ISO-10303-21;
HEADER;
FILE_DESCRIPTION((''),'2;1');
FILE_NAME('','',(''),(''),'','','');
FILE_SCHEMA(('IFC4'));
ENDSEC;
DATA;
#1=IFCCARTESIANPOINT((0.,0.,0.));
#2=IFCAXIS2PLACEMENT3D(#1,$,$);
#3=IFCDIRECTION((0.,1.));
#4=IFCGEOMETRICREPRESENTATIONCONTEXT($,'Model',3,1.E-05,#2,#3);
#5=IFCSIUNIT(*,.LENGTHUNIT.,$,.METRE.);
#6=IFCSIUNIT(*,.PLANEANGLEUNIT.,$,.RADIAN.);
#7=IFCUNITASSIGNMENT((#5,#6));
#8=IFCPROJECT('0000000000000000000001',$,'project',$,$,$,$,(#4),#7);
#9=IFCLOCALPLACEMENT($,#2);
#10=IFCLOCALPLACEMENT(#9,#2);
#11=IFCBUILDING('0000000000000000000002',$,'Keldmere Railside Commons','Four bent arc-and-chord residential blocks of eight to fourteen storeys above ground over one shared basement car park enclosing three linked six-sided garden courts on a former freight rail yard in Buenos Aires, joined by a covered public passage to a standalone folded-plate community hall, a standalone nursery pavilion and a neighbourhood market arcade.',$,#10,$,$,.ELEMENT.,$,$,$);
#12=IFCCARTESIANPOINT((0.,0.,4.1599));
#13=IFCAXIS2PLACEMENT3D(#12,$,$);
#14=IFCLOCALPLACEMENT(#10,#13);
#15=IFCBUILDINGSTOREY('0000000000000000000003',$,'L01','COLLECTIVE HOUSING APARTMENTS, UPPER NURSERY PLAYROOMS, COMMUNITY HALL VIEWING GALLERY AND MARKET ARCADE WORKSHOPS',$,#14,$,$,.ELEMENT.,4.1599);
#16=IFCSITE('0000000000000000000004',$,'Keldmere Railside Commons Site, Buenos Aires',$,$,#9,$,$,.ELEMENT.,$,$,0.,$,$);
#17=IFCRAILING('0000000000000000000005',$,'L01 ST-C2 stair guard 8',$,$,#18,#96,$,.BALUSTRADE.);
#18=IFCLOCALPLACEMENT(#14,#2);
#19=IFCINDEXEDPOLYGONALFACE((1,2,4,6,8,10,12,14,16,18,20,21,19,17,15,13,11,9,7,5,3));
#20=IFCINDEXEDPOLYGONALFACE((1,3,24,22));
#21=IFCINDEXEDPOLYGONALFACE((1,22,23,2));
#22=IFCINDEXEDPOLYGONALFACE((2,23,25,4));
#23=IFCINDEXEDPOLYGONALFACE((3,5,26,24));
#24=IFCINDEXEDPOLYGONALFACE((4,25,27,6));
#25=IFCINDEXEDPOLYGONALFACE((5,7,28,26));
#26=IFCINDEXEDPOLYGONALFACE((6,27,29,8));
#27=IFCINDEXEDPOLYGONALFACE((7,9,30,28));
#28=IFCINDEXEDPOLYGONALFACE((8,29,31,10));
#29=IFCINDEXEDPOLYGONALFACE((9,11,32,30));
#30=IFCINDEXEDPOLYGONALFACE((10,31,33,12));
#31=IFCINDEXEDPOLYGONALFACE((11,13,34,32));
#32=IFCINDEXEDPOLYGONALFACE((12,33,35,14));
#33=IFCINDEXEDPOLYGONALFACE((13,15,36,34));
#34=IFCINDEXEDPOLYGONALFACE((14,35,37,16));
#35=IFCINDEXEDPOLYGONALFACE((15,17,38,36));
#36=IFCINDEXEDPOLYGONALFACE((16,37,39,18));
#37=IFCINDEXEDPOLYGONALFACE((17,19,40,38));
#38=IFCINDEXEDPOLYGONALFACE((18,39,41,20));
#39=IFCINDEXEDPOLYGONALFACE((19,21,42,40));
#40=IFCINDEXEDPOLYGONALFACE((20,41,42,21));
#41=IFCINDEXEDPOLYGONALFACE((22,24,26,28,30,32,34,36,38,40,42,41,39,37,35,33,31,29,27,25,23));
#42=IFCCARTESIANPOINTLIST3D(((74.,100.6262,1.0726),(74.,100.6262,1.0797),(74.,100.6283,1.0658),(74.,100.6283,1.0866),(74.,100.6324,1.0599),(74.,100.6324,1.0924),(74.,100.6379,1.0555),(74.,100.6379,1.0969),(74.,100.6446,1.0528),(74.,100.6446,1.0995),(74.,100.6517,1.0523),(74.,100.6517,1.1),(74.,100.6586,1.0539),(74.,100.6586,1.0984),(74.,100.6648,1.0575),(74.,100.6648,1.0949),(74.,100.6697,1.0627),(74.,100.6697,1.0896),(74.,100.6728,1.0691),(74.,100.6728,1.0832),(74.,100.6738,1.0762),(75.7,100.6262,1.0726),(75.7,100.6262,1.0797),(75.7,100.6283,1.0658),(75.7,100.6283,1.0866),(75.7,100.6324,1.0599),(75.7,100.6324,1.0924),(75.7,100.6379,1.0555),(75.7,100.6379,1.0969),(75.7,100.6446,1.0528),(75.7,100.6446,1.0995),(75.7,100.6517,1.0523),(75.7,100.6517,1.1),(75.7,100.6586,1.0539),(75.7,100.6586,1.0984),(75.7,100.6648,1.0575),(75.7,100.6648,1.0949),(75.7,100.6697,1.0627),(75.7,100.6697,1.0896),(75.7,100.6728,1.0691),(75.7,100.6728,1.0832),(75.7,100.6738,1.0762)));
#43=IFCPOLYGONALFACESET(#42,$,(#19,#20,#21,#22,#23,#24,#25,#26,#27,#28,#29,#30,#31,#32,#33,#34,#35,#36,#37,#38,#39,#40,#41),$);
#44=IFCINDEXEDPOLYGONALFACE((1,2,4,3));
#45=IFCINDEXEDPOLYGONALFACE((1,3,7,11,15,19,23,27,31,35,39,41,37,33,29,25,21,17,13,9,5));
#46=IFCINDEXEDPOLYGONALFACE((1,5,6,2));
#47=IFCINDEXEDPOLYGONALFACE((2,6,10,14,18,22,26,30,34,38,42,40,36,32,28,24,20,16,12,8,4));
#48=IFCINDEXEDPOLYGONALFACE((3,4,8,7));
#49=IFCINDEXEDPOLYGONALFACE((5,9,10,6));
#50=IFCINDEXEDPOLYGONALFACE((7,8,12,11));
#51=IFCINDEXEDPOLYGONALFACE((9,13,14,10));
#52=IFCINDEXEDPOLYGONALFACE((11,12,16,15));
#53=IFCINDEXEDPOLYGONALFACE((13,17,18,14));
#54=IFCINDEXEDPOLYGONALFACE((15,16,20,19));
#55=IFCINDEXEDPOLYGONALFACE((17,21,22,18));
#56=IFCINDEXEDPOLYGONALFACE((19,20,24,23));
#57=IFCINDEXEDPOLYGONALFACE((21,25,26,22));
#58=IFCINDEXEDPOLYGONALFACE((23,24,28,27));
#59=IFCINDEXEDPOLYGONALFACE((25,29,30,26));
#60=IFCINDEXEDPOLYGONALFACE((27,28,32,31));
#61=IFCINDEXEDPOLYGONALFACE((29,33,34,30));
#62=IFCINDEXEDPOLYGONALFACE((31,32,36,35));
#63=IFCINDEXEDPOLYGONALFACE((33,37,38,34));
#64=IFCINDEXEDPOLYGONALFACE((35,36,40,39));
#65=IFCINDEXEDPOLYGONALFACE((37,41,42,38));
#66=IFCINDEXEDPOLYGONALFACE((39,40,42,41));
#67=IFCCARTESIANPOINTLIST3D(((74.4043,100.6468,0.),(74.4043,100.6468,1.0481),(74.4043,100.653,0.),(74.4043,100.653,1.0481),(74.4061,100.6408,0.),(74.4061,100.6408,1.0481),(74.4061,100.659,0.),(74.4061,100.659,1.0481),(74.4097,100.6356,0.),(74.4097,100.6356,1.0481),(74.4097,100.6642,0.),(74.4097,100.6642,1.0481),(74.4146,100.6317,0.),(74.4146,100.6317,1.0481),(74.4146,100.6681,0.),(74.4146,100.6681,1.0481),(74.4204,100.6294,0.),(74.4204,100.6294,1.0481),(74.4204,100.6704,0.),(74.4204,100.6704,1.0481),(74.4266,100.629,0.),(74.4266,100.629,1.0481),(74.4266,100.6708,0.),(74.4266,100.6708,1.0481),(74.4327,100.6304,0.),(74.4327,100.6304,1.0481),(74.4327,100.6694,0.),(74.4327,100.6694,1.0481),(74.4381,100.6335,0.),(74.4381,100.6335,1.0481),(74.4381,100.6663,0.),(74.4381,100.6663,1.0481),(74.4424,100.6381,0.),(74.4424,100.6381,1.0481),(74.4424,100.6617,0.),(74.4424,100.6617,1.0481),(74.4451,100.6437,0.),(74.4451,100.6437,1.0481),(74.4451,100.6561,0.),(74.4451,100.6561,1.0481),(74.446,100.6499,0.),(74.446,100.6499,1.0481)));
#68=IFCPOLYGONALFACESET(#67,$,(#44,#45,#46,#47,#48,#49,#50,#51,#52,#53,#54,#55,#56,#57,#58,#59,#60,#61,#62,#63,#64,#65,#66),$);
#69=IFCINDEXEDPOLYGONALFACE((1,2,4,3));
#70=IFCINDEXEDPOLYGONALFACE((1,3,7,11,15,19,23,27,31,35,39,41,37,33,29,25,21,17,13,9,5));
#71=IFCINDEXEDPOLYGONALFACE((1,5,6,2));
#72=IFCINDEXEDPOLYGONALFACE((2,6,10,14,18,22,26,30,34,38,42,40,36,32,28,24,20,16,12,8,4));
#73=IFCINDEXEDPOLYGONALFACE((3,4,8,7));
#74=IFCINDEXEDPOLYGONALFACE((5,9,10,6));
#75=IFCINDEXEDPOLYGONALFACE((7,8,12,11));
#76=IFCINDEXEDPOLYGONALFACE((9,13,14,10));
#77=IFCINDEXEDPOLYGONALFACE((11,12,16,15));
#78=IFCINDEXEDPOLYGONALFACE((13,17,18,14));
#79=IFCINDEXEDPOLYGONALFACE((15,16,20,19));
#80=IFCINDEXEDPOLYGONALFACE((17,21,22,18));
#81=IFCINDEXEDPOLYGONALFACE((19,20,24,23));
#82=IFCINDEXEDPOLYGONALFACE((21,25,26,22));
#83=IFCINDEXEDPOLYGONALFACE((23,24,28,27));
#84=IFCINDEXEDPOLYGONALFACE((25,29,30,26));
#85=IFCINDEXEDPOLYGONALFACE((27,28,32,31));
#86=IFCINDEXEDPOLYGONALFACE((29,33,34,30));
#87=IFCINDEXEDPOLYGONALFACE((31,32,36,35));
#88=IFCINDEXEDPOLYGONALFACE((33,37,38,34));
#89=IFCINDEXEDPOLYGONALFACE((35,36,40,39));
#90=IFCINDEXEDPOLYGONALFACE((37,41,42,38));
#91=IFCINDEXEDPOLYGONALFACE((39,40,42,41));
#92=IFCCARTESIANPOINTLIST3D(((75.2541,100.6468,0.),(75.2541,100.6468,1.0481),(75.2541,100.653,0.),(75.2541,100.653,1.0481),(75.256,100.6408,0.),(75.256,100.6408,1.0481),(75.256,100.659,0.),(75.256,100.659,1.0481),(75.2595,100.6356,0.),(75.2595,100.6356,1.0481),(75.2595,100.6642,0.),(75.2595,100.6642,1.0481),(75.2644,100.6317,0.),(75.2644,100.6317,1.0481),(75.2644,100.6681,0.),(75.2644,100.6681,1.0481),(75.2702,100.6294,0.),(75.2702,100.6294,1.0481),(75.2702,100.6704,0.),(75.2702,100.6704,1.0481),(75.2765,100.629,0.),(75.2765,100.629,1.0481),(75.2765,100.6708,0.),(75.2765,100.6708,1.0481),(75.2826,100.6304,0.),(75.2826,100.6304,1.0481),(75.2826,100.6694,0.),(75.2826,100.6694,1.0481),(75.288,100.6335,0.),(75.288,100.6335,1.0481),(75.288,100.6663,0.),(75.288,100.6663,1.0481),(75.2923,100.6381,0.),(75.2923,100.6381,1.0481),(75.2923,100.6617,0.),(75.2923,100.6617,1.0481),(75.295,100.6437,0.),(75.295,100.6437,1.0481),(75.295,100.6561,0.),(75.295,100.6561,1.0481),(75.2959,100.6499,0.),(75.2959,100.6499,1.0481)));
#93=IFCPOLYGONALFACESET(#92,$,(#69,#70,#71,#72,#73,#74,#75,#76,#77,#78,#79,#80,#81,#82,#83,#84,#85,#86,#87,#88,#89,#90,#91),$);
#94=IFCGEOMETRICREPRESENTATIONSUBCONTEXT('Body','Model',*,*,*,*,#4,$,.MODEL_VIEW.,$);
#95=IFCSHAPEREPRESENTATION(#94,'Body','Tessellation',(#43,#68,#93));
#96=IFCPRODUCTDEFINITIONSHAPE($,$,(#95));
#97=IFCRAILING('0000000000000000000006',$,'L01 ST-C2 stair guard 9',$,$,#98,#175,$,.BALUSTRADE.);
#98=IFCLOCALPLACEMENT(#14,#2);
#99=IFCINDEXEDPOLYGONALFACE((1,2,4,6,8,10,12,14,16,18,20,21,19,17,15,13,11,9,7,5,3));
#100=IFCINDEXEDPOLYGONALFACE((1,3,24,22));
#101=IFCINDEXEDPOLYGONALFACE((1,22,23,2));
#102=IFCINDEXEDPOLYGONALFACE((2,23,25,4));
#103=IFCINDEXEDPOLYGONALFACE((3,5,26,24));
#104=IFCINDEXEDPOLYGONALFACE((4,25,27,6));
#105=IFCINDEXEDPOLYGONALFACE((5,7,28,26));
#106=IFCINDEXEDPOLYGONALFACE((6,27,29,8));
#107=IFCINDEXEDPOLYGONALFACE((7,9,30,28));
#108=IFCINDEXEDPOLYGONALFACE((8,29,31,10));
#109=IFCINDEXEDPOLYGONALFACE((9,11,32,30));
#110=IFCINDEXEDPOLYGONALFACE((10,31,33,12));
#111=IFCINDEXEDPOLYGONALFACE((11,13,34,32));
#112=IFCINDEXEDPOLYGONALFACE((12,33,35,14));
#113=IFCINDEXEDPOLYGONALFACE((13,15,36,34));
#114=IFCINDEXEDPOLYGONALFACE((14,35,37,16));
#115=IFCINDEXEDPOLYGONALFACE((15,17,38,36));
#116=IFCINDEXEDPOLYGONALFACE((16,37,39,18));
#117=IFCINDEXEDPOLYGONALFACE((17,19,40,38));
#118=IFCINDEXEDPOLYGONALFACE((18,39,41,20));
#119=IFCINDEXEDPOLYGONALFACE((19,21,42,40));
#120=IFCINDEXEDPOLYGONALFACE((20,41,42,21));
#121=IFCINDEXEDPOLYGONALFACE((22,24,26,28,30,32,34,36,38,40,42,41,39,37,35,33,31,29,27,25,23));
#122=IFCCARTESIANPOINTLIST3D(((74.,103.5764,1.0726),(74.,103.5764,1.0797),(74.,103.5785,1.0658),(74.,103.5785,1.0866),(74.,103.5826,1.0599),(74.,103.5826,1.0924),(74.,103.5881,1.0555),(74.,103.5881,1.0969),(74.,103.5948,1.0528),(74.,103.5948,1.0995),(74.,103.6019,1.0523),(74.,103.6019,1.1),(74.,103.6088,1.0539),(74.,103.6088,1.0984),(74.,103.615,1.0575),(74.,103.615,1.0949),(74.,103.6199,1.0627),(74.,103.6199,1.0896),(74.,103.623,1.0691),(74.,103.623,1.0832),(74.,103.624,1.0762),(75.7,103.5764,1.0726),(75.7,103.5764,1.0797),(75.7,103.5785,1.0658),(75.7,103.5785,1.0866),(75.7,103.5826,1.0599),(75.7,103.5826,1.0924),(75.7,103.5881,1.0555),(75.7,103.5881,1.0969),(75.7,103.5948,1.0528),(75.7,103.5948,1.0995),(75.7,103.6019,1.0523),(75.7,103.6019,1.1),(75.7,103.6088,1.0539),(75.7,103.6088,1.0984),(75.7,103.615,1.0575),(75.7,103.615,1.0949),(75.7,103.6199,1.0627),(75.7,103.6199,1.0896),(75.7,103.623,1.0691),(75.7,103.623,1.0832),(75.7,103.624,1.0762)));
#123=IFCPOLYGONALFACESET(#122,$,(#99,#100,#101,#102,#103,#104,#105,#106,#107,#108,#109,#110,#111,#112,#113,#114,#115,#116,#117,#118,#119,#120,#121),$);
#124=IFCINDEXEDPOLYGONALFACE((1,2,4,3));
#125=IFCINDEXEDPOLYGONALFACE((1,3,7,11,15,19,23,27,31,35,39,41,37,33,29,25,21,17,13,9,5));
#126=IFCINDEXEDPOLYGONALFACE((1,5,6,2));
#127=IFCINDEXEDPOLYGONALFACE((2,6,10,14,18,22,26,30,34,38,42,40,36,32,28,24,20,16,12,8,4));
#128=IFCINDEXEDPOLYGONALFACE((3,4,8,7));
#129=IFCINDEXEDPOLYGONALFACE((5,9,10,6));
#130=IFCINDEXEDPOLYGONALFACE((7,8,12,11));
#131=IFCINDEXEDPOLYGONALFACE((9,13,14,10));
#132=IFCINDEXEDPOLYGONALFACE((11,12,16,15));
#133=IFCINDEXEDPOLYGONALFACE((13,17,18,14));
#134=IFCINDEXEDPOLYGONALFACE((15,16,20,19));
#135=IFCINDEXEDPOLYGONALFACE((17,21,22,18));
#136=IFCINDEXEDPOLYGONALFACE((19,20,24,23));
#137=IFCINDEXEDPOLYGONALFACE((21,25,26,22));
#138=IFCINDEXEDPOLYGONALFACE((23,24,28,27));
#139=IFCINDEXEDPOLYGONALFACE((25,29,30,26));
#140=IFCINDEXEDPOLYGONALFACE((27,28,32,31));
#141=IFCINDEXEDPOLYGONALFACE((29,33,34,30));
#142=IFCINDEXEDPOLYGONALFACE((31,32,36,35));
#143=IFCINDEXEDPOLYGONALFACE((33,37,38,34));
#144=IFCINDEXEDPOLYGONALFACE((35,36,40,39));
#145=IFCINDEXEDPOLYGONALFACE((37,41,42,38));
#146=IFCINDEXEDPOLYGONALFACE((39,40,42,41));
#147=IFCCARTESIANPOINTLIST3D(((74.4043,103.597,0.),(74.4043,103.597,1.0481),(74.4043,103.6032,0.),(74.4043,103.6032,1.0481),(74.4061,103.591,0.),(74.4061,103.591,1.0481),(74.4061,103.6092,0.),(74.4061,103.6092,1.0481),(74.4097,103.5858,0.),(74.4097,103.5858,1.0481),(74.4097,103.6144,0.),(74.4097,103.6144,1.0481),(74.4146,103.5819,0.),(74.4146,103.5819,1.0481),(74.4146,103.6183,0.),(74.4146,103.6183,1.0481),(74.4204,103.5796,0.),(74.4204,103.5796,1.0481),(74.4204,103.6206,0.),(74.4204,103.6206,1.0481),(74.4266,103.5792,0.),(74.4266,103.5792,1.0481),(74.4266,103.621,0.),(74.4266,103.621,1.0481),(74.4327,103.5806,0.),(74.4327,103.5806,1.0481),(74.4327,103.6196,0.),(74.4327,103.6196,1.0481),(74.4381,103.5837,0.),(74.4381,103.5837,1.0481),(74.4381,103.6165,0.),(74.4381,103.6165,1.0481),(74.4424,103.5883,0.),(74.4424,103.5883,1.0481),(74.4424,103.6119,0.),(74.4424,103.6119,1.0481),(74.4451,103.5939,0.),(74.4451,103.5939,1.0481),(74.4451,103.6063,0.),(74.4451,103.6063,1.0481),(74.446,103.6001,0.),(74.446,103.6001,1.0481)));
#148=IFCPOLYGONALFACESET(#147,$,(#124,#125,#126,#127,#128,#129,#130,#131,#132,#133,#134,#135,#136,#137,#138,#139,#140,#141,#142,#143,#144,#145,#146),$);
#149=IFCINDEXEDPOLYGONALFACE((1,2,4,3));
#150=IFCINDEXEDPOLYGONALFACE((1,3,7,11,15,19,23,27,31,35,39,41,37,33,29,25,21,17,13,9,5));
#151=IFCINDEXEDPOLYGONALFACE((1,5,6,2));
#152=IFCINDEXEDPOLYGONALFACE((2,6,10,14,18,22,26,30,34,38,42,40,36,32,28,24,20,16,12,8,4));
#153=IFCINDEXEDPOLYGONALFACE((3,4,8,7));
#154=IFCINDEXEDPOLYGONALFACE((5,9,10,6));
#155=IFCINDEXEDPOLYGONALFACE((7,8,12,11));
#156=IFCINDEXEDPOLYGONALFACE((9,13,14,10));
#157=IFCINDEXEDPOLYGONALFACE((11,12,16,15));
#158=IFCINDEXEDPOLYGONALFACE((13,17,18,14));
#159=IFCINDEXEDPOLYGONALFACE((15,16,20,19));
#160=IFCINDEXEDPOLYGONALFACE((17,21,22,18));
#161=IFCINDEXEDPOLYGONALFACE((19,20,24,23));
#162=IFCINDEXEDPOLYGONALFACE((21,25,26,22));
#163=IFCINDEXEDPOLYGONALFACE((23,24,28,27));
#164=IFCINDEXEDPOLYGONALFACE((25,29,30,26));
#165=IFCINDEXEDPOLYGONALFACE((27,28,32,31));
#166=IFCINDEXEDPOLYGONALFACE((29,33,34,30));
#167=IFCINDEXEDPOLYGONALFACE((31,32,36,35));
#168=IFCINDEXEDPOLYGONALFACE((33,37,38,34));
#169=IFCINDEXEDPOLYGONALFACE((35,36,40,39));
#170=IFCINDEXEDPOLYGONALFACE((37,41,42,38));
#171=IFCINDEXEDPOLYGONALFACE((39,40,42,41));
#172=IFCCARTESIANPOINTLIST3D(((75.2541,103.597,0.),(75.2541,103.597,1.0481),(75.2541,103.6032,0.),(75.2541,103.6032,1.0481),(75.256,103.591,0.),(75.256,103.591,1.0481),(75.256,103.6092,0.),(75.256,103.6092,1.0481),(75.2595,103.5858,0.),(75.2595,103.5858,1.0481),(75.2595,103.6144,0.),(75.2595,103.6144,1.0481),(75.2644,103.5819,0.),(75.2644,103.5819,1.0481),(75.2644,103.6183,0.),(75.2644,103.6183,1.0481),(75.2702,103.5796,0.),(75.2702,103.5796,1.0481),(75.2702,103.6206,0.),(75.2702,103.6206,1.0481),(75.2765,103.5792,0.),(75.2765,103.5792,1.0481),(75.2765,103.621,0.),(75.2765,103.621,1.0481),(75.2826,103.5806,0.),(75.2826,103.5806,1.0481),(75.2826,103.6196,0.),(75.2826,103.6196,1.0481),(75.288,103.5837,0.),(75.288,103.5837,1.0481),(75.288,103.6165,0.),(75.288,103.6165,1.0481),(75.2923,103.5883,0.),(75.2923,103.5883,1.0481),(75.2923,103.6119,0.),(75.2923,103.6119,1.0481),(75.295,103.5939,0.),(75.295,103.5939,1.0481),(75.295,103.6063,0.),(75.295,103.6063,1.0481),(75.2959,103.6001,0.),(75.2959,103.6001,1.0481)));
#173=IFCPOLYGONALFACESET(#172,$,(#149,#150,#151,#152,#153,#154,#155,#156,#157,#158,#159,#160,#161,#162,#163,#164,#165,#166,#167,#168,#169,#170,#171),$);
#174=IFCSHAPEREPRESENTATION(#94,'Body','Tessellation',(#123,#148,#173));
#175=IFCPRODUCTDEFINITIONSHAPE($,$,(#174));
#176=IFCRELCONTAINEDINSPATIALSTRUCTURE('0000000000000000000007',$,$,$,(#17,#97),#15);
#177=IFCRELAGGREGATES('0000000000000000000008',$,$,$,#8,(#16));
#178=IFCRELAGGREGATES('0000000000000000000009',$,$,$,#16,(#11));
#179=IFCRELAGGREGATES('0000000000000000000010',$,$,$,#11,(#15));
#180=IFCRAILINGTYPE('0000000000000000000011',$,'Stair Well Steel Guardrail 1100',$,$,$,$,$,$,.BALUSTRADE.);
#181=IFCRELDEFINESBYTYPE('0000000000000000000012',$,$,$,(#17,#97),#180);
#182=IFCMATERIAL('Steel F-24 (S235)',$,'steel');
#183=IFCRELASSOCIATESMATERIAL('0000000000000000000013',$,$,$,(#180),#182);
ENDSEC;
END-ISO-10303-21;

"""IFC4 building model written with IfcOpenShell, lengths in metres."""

from ifc_helpers import new_model, si_unit, direction, frame, origin, origin_2d, place, context, subcontext, project, spatial, circle, extrude, material, type_object, element, save


model = new_model("IFC4")

# Units and contexts
model_context = context("Model", 3, precision=1e-05, world=origin(), true_north=direction((0.0, 1.0)))
body_context = subcontext(model_context, "Body", "Model", "MODEL_VIEW")
ifc_project = project(units=[si_unit("LENGTHUNIT", "METRE"), si_unit("PLANEANGLEUNIT", "RADIAN")], contexts=[model_context])

# Site, building, storey
site_placement = place(None, origin())
site = spatial("IfcSite", under=ifc_project, at=site_placement, Name="Keldmere Railside Commons Site, Buenos Aires", CompositionType="ELEMENT", RefElevation=0.0)
building_placement = place(site_placement, origin())
building = spatial("IfcBuilding", under=site, at=building_placement, Name="Keldmere Railside Commons", Description="Four bent arc-and-chord residential blocks of eight to fourteen storeys above ground over one shared basement car park enclosing three linked six-sided garden courts on a former freight rail yard in Buenos Aires, joined by a covered public passage to a standalone folded-plate community hall, a standalone nursery pavilion and a neighbourhood market arcade.", CompositionType="ELEMENT")
storey_placement = place(building_placement, frame((0.0, 0.0, 4.1599)))
storey = spatial("IfcBuildingStorey", under=building, at=storey_placement, Name="L01", Description="COLLECTIVE HOUSING APARTMENTS, UPPER NURSERY PLAYROOMS, COMMUNITY HALL VIEWING GALLERY AND MARKET ARCADE WORKSHOPS", CompositionType="ELEMENT", Elevation=4.1599)

# Railings
ifc_material_1 = material(Name="Steel F-24 (S235)", Category="steel")
railing_type = type_object("IfcRailingType", Name="Stair Well Steel Guardrail 1100", PredefinedType="BALUSTRADE", material=ifc_material_1)
for number, where, name in (
    (1, (74.0, 100.6499, 0.0), "L01 ST-C2 stair guard 8"),
    (2, (74.0, 103.6001, 0.0), "L01 ST-C2 stair guard 9"),
):
    element("IfcRailing", number, at=place(storey_placement, frame(where)), inside=storey, type_object=railing_type, Name=name, PredefinedType="BALUSTRADE", context=body_context, shape_type="SweptSolid", body=[
        extrude(circle(Radius=0.0239, at=origin_2d()), frame((0.0, 0.0, 1.0762), z_axis=(1.0, 0.0, 0.0), x_axis=(0.0, 1.0, 0.0)), (0.0, 0.0, 1.0), 1.7),
        extrude(circle(Radius=0.021, at=origin_2d()), frame((0.425, 0.0, 0.0)), (0.0, 0.0, 1.0), 1.0481),
        extrude(circle(Radius=0.021, at=origin_2d()), frame((1.2749, 0.0, 0.0)), (0.0, 0.0, 1.0), 1.0481),
    ])

save(model, "model.ifc")
